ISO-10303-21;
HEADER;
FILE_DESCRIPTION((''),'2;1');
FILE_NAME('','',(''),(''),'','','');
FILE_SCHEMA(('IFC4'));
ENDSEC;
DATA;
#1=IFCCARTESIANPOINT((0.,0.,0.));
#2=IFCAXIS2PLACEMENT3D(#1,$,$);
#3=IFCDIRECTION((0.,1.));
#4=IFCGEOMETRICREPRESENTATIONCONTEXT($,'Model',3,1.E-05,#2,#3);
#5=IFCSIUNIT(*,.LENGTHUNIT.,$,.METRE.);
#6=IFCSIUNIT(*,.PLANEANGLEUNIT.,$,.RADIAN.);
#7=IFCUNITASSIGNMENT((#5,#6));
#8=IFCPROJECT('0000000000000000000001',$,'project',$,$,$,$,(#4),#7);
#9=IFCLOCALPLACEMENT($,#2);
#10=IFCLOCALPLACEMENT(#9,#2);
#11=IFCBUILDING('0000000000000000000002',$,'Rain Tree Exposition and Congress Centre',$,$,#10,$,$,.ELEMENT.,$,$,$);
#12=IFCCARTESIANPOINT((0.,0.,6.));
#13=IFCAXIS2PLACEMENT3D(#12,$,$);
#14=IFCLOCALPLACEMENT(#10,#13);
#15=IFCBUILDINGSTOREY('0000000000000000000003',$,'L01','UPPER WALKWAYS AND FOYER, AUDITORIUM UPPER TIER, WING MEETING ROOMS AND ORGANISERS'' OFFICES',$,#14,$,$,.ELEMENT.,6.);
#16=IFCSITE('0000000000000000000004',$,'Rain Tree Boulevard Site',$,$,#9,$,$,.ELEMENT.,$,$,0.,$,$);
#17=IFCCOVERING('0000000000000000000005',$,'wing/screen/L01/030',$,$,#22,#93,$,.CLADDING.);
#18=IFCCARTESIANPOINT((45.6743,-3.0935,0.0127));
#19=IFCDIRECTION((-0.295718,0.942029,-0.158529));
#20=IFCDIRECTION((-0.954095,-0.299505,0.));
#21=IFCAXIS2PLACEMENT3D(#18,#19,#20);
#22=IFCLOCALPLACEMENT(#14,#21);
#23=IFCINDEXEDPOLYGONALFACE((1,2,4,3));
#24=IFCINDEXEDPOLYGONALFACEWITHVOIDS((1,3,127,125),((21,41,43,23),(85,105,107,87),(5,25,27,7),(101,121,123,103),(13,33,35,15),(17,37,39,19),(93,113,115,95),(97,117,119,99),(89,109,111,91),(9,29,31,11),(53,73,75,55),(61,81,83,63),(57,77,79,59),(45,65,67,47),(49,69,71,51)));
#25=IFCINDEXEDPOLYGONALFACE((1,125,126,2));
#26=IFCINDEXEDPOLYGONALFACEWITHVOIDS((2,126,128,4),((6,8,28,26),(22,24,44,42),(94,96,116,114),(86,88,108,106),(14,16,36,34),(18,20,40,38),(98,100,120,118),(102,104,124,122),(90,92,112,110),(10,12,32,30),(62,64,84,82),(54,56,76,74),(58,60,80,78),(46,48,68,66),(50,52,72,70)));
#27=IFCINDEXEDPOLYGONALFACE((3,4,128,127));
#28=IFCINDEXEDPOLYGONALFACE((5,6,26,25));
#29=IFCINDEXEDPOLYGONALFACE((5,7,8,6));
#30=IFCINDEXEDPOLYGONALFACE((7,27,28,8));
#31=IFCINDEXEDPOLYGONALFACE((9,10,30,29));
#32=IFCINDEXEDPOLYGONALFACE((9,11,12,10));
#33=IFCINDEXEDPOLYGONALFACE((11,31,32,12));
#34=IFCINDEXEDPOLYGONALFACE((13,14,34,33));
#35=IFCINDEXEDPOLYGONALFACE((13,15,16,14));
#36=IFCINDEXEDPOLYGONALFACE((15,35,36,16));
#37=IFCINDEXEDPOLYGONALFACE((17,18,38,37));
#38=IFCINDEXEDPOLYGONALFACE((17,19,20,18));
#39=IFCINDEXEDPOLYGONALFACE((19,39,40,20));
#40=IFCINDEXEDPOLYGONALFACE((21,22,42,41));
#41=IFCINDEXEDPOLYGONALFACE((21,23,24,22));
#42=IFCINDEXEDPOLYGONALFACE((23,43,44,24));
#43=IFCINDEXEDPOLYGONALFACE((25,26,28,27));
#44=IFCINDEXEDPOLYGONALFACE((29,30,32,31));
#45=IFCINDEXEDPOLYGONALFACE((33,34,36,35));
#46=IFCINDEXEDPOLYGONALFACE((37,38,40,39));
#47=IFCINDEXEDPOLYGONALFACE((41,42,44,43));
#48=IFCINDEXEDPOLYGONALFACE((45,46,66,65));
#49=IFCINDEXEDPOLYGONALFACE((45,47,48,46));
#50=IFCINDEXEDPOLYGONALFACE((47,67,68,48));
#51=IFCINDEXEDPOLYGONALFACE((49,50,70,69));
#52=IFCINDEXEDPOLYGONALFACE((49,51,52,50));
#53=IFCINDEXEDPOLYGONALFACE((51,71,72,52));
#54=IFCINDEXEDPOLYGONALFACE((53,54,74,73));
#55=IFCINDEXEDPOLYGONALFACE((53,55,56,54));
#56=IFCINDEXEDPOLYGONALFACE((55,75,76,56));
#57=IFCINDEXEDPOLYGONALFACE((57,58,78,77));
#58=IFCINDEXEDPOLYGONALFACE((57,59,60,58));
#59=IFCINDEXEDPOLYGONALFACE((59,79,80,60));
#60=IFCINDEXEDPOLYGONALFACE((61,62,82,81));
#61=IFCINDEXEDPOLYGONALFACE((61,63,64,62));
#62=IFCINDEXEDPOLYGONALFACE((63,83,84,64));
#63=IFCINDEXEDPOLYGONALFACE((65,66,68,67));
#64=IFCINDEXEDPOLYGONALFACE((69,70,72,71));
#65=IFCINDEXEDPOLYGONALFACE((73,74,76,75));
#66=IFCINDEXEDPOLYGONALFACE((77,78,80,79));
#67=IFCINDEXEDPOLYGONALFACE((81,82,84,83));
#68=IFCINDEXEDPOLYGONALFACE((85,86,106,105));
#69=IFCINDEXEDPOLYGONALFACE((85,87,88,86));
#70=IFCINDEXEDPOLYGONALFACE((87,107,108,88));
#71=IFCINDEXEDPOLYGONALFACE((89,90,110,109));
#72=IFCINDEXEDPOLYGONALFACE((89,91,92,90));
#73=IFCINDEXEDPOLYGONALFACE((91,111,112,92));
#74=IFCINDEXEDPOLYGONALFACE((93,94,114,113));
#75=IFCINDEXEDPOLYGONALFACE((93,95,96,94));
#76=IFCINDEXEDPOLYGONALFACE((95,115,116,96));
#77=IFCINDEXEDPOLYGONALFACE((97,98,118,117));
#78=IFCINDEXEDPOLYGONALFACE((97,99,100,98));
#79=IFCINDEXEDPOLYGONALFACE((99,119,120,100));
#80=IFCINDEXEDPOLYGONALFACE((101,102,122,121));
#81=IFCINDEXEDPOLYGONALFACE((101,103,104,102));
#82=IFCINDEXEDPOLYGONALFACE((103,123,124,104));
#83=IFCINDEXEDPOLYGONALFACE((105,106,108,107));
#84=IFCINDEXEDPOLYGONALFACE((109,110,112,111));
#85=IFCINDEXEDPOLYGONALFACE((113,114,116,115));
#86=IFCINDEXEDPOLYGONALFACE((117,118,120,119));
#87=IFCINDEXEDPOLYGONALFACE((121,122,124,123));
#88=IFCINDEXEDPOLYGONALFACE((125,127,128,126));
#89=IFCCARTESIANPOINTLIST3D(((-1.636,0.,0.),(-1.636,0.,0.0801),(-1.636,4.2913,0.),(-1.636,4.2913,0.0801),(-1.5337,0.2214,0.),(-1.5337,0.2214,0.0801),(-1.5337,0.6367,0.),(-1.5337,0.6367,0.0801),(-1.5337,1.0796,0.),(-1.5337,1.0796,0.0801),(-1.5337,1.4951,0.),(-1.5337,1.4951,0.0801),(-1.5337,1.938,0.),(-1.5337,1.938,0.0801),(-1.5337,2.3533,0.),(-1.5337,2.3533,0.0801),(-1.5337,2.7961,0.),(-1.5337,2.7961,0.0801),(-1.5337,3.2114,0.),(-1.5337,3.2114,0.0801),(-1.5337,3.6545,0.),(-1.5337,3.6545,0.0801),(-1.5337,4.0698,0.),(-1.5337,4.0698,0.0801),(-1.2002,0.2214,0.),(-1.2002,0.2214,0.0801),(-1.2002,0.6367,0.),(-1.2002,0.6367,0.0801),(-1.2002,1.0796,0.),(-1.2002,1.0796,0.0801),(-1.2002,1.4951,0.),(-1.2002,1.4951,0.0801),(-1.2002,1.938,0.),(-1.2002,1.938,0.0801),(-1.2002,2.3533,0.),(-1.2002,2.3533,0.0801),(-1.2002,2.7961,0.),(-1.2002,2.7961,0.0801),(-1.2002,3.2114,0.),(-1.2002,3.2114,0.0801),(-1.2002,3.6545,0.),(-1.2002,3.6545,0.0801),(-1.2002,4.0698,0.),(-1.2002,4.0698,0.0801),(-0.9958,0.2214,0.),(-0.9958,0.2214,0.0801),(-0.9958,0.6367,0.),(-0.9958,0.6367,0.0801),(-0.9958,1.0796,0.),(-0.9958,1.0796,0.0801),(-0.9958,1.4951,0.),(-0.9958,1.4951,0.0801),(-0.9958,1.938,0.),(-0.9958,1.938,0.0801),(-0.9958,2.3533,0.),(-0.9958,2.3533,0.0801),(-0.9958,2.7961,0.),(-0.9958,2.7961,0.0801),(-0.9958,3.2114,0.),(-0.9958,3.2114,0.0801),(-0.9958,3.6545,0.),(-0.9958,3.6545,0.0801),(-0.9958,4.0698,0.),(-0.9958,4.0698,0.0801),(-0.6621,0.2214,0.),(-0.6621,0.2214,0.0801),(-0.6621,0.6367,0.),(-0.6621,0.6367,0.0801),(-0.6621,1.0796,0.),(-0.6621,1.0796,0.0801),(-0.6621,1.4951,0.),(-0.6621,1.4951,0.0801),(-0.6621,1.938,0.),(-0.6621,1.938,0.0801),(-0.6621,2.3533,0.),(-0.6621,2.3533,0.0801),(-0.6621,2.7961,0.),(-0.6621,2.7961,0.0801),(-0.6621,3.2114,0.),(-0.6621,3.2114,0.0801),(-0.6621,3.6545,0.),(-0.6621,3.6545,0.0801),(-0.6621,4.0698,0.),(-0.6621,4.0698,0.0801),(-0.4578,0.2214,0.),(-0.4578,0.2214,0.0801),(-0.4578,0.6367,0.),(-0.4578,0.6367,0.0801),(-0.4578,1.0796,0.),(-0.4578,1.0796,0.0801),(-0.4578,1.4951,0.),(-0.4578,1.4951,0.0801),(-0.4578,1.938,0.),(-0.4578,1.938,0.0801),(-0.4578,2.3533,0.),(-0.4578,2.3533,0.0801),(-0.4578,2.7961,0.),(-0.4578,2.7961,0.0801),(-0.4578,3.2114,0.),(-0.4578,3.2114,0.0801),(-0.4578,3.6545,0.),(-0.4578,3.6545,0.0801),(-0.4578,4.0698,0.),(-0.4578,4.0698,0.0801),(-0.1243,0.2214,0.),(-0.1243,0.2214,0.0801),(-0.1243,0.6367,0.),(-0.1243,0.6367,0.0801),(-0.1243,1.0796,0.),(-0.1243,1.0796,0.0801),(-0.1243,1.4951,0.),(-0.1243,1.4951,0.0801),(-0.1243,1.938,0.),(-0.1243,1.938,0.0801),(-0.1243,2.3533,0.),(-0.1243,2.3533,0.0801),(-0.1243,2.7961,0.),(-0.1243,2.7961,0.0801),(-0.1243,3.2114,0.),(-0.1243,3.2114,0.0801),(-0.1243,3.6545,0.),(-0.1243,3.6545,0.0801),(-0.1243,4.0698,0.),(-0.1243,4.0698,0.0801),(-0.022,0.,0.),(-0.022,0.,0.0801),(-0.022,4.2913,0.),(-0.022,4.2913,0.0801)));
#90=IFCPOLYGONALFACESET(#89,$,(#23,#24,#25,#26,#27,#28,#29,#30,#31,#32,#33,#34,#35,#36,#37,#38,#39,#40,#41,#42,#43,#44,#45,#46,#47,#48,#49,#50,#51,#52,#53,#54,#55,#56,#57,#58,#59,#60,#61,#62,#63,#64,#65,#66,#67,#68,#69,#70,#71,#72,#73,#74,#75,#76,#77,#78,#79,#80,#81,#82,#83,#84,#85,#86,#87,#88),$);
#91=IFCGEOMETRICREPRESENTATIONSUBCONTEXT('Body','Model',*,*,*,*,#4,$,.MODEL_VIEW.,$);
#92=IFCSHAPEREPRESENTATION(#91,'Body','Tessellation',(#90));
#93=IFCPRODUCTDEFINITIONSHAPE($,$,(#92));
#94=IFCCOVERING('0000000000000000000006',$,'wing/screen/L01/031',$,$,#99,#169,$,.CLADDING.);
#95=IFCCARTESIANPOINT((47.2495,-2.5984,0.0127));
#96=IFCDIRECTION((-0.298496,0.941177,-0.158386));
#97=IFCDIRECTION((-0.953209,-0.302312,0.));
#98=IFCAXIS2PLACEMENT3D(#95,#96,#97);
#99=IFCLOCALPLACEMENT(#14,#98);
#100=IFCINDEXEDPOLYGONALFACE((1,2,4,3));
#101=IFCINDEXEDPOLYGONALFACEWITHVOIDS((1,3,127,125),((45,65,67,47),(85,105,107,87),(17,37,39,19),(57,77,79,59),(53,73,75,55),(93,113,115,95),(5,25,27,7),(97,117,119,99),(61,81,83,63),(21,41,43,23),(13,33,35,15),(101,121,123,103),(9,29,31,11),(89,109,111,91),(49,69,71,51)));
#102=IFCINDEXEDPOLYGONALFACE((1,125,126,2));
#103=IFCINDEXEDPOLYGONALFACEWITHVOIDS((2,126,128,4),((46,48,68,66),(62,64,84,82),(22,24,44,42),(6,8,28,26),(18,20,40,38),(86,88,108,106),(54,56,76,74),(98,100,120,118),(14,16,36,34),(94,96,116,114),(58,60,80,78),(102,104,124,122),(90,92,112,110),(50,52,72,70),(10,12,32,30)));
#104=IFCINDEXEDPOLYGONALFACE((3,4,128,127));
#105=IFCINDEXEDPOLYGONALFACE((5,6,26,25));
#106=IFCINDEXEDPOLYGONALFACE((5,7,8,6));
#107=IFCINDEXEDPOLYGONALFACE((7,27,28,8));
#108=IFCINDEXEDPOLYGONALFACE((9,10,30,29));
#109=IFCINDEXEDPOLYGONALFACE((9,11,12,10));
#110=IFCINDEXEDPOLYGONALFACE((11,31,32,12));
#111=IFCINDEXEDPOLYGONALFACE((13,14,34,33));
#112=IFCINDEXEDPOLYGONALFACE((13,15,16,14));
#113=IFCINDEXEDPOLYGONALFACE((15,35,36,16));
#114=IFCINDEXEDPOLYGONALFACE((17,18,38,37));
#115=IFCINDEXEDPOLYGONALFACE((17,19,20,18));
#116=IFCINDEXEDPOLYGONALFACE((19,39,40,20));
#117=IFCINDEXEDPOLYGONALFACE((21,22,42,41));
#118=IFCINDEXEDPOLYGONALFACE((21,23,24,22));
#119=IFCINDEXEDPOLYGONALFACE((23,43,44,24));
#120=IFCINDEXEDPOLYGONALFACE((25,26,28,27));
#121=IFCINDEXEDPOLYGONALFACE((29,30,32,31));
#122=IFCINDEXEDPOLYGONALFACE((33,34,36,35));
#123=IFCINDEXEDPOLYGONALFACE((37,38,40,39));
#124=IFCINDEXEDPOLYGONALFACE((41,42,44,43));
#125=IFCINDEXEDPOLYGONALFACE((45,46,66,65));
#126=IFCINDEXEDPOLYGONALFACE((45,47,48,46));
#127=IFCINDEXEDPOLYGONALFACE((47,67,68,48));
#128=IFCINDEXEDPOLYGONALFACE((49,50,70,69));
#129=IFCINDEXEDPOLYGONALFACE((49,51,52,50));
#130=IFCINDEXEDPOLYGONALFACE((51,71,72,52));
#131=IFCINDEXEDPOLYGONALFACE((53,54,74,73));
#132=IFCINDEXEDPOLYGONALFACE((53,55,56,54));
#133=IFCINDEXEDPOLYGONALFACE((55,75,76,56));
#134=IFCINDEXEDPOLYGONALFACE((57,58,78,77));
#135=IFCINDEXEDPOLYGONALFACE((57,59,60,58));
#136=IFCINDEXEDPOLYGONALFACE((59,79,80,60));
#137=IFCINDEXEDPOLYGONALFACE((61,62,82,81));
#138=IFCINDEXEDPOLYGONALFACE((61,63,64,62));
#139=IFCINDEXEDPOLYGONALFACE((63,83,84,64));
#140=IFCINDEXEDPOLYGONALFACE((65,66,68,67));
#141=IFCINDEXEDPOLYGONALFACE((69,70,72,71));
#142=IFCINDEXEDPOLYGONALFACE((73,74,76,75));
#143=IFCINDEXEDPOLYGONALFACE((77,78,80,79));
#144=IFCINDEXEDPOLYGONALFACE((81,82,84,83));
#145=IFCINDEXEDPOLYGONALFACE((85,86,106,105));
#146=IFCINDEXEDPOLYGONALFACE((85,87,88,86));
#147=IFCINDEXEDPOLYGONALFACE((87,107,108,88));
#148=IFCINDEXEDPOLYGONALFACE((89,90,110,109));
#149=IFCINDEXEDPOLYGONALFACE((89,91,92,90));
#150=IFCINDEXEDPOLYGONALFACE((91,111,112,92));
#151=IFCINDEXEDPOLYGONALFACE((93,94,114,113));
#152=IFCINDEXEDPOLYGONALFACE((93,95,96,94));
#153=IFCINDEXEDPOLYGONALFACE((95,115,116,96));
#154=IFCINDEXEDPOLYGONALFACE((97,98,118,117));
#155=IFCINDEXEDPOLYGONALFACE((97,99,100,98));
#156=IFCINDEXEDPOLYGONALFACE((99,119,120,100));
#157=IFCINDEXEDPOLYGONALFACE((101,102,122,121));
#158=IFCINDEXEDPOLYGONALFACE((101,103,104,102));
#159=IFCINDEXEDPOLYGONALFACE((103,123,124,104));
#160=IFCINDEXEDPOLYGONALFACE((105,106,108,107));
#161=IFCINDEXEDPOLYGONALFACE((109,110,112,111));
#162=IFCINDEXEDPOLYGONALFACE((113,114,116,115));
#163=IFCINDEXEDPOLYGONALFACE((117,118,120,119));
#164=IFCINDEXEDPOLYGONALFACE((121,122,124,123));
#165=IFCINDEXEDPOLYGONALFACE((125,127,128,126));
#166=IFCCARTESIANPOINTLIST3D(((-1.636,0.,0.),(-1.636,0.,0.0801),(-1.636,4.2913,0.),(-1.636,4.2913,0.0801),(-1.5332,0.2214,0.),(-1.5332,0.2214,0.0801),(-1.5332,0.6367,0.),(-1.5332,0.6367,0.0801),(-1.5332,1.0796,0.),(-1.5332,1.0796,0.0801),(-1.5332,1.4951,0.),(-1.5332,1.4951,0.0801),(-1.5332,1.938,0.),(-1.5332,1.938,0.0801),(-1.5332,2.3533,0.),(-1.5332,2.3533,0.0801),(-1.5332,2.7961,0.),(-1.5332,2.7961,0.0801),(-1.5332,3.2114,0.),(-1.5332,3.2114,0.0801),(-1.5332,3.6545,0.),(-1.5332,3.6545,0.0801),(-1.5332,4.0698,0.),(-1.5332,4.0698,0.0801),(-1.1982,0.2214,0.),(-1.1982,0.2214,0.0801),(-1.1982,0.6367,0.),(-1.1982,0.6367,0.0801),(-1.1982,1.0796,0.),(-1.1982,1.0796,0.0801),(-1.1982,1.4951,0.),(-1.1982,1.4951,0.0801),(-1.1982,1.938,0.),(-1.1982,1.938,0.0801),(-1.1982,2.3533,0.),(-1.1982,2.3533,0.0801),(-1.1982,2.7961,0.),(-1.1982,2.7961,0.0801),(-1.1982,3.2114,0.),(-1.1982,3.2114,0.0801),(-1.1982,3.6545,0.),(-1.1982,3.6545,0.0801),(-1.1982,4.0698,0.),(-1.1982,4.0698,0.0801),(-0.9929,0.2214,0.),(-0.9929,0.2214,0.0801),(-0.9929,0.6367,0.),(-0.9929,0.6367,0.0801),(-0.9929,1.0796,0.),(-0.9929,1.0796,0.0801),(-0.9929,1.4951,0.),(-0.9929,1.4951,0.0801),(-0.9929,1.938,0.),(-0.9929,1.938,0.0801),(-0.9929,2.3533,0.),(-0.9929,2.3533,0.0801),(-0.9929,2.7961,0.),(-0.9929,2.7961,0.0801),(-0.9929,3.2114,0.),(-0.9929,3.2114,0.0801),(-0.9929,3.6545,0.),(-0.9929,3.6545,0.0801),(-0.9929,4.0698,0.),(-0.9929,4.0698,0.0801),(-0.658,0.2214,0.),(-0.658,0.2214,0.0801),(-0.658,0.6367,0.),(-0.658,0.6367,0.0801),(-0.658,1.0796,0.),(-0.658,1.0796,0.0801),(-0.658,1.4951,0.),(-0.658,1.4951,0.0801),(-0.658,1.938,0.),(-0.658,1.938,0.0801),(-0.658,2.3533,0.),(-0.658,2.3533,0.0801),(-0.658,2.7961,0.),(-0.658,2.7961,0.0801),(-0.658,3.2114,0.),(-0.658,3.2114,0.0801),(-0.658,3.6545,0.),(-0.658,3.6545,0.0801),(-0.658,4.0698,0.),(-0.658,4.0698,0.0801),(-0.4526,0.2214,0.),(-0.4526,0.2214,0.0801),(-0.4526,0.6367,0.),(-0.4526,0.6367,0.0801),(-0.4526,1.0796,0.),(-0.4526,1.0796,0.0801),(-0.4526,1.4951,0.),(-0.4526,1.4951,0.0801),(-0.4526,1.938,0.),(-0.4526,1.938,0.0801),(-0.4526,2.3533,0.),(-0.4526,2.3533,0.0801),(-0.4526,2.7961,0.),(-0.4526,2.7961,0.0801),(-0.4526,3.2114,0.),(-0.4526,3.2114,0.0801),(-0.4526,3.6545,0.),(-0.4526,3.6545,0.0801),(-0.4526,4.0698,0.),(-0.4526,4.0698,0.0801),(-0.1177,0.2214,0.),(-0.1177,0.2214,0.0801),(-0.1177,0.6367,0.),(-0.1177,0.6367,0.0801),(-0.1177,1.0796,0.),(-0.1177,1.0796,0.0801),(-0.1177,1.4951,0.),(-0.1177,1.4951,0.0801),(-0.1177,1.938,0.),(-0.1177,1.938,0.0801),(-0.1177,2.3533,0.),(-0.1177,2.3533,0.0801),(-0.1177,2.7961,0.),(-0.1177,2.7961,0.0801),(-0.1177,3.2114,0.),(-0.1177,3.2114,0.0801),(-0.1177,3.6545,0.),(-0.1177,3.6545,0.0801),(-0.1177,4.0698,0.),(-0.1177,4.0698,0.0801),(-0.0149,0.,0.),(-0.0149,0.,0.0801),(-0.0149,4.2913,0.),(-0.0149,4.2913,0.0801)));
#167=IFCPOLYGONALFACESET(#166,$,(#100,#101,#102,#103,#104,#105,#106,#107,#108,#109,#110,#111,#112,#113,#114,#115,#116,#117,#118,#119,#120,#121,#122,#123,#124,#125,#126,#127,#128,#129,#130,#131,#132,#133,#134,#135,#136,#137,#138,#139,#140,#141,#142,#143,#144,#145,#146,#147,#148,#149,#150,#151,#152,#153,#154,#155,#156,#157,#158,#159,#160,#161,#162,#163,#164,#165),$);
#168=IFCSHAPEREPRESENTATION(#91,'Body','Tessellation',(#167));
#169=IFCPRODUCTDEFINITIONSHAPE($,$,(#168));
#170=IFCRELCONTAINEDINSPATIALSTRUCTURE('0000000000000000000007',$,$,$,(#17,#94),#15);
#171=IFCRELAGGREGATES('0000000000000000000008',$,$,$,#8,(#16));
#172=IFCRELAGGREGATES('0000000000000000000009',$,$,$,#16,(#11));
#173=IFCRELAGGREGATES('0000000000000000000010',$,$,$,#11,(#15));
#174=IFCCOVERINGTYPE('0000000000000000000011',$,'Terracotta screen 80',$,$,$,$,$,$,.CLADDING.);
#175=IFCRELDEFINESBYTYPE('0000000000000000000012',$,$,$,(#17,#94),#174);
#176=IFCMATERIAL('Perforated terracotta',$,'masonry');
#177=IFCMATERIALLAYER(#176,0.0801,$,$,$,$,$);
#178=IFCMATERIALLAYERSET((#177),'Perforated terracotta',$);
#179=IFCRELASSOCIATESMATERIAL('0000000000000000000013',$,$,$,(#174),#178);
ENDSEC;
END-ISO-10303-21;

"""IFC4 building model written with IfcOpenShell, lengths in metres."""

from ifc_helpers import new_model, si_unit, direction, frame, origin, place, context, subcontext, project, spatial, polyline, outline, extrude, material, layer, layer_set, type_object, element, save


model = new_model("IFC4")

# Units and contexts
model_context = context("Model", 3, precision=1e-05, world=origin(), true_north=direction((0.0, 1.0)))
body_context = subcontext(model_context, "Body", "Model", "MODEL_VIEW")
ifc_project = project(units=[si_unit("LENGTHUNIT", "METRE"), si_unit("PLANEANGLEUNIT", "RADIAN")], contexts=[model_context])

# Site, building, storey
site_placement = place(None, origin())
site = spatial("IfcSite", under=ifc_project, at=site_placement, Name="Rain Tree Boulevard Site", CompositionType="ELEMENT", RefElevation=0.0)
building_placement = place(site_placement, origin())
building = spatial("IfcBuilding", under=site, at=building_placement, Name="Rain Tree Exposition and Congress Centre", CompositionType="ELEMENT")
storey_placement = place(building_placement, frame((0.0, 0.0, 6.0)))
storey = spatial("IfcBuildingStorey", under=building, at=storey_placement, Name="L01", Description="UPPER WALKWAYS AND FOYER, AUDITORIUM UPPER TIER, WING MEETING ROOMS AND ORGANISERS' OFFICES", CompositionType="ELEMENT", Elevation=6.0)

# Coverings
ifc_material_1 = material(Name="Perforated terracotta", Category="masonry")
ifc_layer_1 = layer(ifc_material_1, 0.0801)
ifc_layer_set_1 = layer_set([ifc_layer_1], Name="Perforated terracotta")
covering_type = type_object("IfcCoveringType", Name="Terracotta screen 80", PredefinedType="CLADDING", material=ifc_layer_set_1)
covering_1_placement = place(storey_placement, frame((45.6743, -3.0935, 0.0127), z_axis=(-0.295718, 0.942029, -0.158529), x_axis=(-0.954095, -0.299505, 0.0)))
element("IfcCovering", 1, at=covering_1_placement, inside=storey, type_object=covering_type, Name="wing/screen/L01/030", PredefinedType="CLADDING", context=body_context, shape_type="SweptSolid", body=[
    extrude(outline(polyline([(-1.636, 0.0), (-1.636, 4.2913), (-0.022, 4.2913), (-0.022, 0.0), (-1.636, 0.0)]), holes=[polyline([(-0.1243, 0.2214), (-0.1243, 0.6367), (-0.4578, 0.6367), (-0.4578, 0.2214), (-0.1243, 0.2214)]), polyline([(-0.1243, 1.0796), (-0.1243, 1.4951), (-0.4578, 1.4951), (-0.4578, 1.0796), (-0.1243, 1.0796)]), polyline([(-0.1243, 1.938), (-0.1243, 2.3533), (-0.4578, 2.3533), (-0.4578, 1.938), (-0.1243, 1.938)]), polyline([(-0.1243, 2.7961), (-0.1243, 3.2114), (-0.4578, 3.2114), (-0.4578, 2.7961), (-0.1243, 2.7961)]), polyline([(-0.1243, 3.6545), (-0.1243, 4.0698), (-0.4578, 4.0698), (-0.4578, 3.6545), (-0.1243, 3.6545)]), polyline([(-0.6621, 0.2214), (-0.6621, 0.6367), (-0.9958, 0.6367), (-0.9958, 0.2214), (-0.6621, 0.2214)]), polyline([(-0.6621, 1.0796), (-0.6621, 1.4951), (-0.9958, 1.4951), (-0.9958, 1.0796), (-0.6621, 1.0796)]), polyline([(-0.6621, 1.938), (-0.6621, 2.3533), (-0.9958, 2.3533), (-0.9958, 1.938), (-0.6621, 1.938)]), polyline([(-0.6621, 2.7961), (-0.6621, 3.2114), (-0.9958, 3.2114), (-0.9958, 2.7961), (-0.6621, 2.7961)]), polyline([(-0.6621, 3.6545), (-0.6621, 4.0698), (-0.9958, 4.0698), (-0.9958, 3.6545), (-0.6621, 3.6545)]), polyline([(-1.2002, 0.2214), (-1.2002, 0.6367), (-1.5337, 0.6367), (-1.5337, 0.2214), (-1.2002, 0.2214)]), polyline([(-1.2002, 1.0796), (-1.2002, 1.4951), (-1.5337, 1.4951), (-1.5337, 1.0796), (-1.2002, 1.0796)]), polyline([(-1.2002, 1.938), (-1.2002, 2.3533), (-1.5337, 2.3533), (-1.5337, 1.938), (-1.2002, 1.938)]), polyline([(-1.2002, 2.7961), (-1.2002, 3.2114), (-1.5337, 3.2114), (-1.5337, 2.7961), (-1.2002, 2.7961)]), polyline([(-1.2002, 3.6545), (-1.2002, 4.0698), (-1.5337, 4.0698), (-1.5337, 3.6545), (-1.2002, 3.6545)])]), origin(), (0.0, 0.0, 1.0), 0.0801),
])
covering_2_placement = place(storey_placement, frame((47.2495, -2.5984, 0.0127), z_axis=(-0.298496, 0.941177, -0.158386), x_axis=(-0.953209, -0.302312, 0.0)))
element("IfcCovering", 2, at=covering_2_placement, inside=storey, type_object=covering_type, Name="wing/screen/L01/031", PredefinedType="CLADDING", context=body_context, shape_type="SweptSolid", body=[
    extrude(outline(polyline([(-1.636, 0.0), (-1.636, 4.2913), (-0.0149, 4.2913), (-0.0149, 0.0), (-1.636, 0.0)]), holes=[polyline([(-0.1177, 0.2214), (-0.1177, 0.6367), (-0.4526, 0.6367), (-0.4526, 0.2214), (-0.1177, 0.2214)]), polyline([(-0.1177, 1.0796), (-0.1177, 1.4951), (-0.4526, 1.4951), (-0.4526, 1.0796), (-0.1177, 1.0796)]), polyline([(-0.1177, 1.938), (-0.1177, 2.3533), (-0.4526, 2.3533), (-0.4526, 1.938), (-0.1177, 1.938)]), polyline([(-0.1177, 2.7961), (-0.1177, 3.2114), (-0.4526, 3.2114), (-0.4526, 2.7961), (-0.1177, 2.7961)]), polyline([(-0.1177, 3.6545), (-0.1177, 4.0698), (-0.4526, 4.0698), (-0.4526, 3.6545), (-0.1177, 3.6545)]), polyline([(-0.658, 0.2214), (-0.658, 0.6367), (-0.9929, 0.6367), (-0.9929, 0.2214), (-0.658, 0.2214)]), polyline([(-0.658, 1.0796), (-0.658, 1.4951), (-0.9929, 1.4951), (-0.9929, 1.0796), (-0.658, 1.0796)]), polyline([(-0.658, 1.938), (-0.658, 2.3533), (-0.9929, 2.3533), (-0.9929, 1.938), (-0.658, 1.938)]), polyline([(-0.658, 2.7961), (-0.658, 3.2114), (-0.9929, 3.2114), (-0.9929, 2.7961), (-0.658, 2.7961)]), polyline([(-0.658, 3.6545), (-0.658, 4.0698), (-0.9929, 4.0698), (-0.9929, 3.6545), (-0.658, 3.6545)]), polyline([(-1.1982, 0.2214), (-1.1982, 0.6367), (-1.5332, 0.6367), (-1.5332, 0.2214), (-1.1982, 0.2214)]), polyline([(-1.1982, 1.0796), (-1.1982, 1.4951), (-1.5332, 1.4951), (-1.5332, 1.0796), (-1.1982, 1.0796)]), polyline([(-1.1982, 1.938), (-1.1982, 2.3533), (-1.5332, 2.3533), (-1.5332, 1.938), (-1.1982, 1.938)]), polyline([(-1.1982, 2.7961), (-1.1982, 3.2114), (-1.5332, 3.2114), (-1.5332, 2.7961), (-1.1982, 2.7961)]), polyline([(-1.1982, 3.6545), (-1.1982, 4.0698), (-1.5332, 4.0698), (-1.5332, 3.6545), (-1.1982, 3.6545)])]), origin(), (0.0, 0.0, 1.0), 0.0801),
])

save(model, "model.ifc")
